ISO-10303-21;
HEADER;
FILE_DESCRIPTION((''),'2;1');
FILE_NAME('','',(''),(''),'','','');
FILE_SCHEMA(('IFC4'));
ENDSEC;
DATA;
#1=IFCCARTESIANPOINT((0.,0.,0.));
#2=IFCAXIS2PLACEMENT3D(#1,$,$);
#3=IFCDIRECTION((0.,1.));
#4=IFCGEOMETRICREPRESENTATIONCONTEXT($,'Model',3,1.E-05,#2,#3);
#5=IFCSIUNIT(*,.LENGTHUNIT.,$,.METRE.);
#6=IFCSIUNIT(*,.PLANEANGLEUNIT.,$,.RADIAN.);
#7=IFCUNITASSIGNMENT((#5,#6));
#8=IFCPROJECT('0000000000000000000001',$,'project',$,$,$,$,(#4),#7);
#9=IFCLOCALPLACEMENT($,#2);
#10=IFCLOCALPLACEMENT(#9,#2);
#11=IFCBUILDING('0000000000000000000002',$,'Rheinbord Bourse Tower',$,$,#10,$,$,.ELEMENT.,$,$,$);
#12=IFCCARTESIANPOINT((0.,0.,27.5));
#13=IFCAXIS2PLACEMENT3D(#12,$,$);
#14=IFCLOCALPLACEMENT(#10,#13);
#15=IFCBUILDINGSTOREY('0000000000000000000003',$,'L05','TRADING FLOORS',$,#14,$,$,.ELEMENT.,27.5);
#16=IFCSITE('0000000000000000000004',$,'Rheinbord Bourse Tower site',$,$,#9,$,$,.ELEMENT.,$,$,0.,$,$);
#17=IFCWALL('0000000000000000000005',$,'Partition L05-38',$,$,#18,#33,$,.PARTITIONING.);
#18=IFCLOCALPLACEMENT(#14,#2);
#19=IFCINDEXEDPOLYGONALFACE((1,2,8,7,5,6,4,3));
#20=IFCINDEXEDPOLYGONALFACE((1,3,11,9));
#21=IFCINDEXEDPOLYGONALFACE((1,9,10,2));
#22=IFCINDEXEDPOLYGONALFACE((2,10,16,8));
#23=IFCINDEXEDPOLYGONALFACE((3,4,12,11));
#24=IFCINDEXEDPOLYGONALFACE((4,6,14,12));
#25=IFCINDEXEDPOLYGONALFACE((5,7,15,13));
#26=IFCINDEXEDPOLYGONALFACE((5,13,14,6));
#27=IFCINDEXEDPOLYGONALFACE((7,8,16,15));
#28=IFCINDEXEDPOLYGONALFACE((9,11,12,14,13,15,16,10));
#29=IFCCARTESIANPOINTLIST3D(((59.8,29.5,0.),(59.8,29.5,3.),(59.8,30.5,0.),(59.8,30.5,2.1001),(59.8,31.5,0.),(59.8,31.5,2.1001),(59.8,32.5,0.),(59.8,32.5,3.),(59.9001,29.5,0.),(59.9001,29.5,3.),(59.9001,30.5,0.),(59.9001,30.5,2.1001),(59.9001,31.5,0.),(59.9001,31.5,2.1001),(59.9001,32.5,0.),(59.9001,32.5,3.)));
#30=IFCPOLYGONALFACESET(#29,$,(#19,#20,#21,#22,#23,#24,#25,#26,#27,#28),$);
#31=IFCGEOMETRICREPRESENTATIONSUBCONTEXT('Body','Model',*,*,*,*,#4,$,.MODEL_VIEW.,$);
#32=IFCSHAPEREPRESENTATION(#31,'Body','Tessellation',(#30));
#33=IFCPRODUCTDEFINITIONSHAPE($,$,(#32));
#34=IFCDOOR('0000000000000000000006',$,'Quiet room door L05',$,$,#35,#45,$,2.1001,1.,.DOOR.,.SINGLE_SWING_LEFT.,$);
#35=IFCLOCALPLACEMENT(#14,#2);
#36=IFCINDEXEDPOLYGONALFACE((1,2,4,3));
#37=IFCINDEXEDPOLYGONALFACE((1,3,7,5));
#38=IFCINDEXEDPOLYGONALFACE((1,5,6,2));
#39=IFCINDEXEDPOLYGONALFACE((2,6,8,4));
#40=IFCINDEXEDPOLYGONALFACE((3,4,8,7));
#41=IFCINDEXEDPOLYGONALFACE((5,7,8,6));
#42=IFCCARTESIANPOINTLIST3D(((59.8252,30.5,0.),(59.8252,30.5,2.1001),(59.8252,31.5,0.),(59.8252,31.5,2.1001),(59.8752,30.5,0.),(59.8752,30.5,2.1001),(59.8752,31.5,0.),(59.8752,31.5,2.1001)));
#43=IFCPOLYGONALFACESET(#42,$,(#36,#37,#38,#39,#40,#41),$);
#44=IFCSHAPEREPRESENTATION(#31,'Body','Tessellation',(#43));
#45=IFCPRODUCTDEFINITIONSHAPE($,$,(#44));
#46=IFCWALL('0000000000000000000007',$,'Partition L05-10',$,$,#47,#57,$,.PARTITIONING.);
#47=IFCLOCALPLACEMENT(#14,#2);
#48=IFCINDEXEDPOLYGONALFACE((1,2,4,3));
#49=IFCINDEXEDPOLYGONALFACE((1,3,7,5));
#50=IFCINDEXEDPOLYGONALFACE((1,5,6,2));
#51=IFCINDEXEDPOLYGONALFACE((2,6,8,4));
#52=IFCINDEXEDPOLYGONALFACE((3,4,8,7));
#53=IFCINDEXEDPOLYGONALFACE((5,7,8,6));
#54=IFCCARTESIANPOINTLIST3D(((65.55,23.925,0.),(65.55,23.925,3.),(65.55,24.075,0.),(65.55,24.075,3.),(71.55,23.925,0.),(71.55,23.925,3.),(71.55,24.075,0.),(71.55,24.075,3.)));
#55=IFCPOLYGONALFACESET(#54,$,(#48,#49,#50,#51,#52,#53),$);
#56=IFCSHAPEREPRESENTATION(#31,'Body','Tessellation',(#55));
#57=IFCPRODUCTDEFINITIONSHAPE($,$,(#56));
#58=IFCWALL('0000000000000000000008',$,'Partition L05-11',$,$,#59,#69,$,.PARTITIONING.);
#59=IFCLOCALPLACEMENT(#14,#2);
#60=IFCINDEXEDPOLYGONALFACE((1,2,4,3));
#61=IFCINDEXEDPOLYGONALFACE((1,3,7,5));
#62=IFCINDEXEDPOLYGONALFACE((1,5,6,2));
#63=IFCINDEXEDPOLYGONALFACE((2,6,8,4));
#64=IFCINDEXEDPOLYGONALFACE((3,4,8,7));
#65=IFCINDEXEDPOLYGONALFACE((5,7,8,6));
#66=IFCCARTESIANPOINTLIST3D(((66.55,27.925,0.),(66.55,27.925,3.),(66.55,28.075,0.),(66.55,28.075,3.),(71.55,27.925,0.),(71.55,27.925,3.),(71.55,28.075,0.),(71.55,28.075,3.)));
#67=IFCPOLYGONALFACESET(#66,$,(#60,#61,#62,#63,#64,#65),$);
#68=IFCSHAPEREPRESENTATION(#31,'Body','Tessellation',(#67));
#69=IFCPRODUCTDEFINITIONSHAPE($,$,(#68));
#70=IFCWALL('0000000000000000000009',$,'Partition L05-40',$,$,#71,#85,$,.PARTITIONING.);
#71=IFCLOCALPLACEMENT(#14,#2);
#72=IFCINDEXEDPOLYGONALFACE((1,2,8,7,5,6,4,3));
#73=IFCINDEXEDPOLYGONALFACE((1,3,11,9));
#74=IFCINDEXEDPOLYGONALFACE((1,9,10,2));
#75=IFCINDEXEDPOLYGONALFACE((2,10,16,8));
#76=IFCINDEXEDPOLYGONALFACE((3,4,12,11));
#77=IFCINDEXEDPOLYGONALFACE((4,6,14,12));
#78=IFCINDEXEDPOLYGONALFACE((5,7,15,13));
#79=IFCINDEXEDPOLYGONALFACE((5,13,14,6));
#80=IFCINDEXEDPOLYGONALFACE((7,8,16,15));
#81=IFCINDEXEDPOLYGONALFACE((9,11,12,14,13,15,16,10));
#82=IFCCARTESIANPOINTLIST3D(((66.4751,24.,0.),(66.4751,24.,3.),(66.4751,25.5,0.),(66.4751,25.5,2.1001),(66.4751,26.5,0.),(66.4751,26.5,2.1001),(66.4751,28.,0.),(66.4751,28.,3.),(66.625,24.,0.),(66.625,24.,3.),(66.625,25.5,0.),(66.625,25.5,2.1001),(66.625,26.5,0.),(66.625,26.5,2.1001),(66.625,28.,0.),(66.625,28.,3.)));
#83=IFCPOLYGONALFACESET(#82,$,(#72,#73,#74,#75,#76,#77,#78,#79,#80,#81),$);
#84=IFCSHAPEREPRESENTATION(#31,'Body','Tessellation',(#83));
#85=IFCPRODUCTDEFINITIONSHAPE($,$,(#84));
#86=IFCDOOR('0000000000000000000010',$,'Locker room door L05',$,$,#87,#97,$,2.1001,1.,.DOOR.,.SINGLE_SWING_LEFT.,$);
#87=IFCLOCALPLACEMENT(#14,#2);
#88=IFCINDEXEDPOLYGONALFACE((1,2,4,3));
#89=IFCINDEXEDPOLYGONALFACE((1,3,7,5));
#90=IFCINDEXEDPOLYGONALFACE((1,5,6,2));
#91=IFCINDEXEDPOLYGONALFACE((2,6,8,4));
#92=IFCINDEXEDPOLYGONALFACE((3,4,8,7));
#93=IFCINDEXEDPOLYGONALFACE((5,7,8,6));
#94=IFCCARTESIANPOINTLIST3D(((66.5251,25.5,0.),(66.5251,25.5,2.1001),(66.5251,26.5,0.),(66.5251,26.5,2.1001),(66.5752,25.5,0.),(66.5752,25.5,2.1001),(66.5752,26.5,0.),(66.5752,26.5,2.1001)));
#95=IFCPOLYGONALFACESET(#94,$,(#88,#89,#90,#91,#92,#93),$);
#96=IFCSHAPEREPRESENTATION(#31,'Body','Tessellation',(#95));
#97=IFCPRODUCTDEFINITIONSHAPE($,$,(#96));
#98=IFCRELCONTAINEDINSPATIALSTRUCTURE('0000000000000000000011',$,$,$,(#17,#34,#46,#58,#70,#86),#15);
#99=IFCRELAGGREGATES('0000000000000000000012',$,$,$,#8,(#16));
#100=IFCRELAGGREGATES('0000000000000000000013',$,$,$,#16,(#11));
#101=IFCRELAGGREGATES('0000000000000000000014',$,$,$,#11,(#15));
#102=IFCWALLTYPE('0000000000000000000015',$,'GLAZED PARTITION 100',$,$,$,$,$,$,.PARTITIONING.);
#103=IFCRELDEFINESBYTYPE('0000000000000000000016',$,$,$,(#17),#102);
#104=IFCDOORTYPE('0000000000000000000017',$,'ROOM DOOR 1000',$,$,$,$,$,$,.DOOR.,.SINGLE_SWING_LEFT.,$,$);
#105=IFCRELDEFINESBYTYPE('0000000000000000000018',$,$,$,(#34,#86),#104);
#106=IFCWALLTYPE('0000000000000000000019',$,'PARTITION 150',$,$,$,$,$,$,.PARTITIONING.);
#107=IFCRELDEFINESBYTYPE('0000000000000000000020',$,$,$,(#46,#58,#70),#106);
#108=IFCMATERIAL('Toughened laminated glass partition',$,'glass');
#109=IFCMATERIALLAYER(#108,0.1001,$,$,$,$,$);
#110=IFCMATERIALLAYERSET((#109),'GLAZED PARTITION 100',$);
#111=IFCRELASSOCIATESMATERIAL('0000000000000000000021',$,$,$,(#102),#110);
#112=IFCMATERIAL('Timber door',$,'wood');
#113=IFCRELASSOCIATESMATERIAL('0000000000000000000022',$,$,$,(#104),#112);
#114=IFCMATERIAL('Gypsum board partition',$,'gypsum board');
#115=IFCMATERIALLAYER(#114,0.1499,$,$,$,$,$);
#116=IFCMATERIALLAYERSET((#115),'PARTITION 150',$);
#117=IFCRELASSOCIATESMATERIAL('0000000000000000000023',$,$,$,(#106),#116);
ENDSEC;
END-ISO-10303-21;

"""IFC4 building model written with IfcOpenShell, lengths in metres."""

from ifc_helpers import new_model, si_unit, direction, frame, frame_2d, origin, place, context, subcontext, project, spatial, rectangle, extrude, material, layer, layer_set, type_object, element, fill, save


model = new_model("IFC4")

# Units and contexts
model_context = context("Model", 3, precision=1e-05, world=origin(), true_north=direction((0.0, 1.0)))
body_context = subcontext(model_context, "Body", "Model", "MODEL_VIEW")
ifc_project = project(units=[si_unit("LENGTHUNIT", "METRE"), si_unit("PLANEANGLEUNIT", "RADIAN")], contexts=[model_context])

# Site, building, storey
site_placement = place(None, origin())
site = spatial("IfcSite", under=ifc_project, at=site_placement, Name="Rheinbord Bourse Tower site", CompositionType="ELEMENT", RefElevation=0.0)
building_placement = place(site_placement, origin())
building = spatial("IfcBuilding", under=site, at=building_placement, Name="Rheinbord Bourse Tower", CompositionType="ELEMENT")
storey_placement = place(building_placement, frame((0.0, 0.0, 27.5)))
storey = spatial("IfcBuildingStorey", under=building, at=storey_placement, Name="L05", Description="TRADING FLOORS", CompositionType="ELEMENT", Elevation=27.5)

# Shared definitions
ifc_material_1 = material(Name="Toughened laminated glass partition", Category="glass")
ifc_layer_1 = layer(ifc_material_1, 0.1001)
ifc_layer_set_1 = layer_set([ifc_layer_1], Name="GLAZED PARTITION 100")
wall_type_1 = type_object("IfcWallType", Name="GLAZED PARTITION 100", PredefinedType="PARTITIONING", material=ifc_layer_set_1)

# Wall, opening, door
wall_1_placement = place(storey_placement, frame((59.8501, 29.5, 0.0), z_axis=(0.0, 0.0, 1.0), x_axis=(0.0, 1.0, 0.0)))
wall_1 = element("IfcWall", 1, at=wall_1_placement, inside=storey, type_object=wall_type_1, Name="Partition L05-38", PredefinedType="PARTITIONING", context=body_context, shape_type="SweptSolid", body=[
    extrude(rectangle(XDim=3.0, YDim=0.1001, at=frame_2d((1.5, 0.0))), origin(), (0.0, 0.0, 1.0), 3.0),
])
opening_1_placement = place(wall_1_placement, frame((1.0, 0.0, 0.0)))
opening_1 = element("IfcOpeningElement", 2, at=opening_1_placement, cuts=wall_1, PredefinedType="OPENING", context=body_context, shape_type="SweptSolid", body=[
    extrude(rectangle(XDim=1.0, YDim=2.1001, at=frame_2d((0.5, 1.05))), frame((0.0, 0.0601, 0.0), z_axis=(0.0, -1.0, 0.0), x_axis=(1.0, 0.0, 0.0)), (0.0, 0.0, 1.0), 0.1201),
])
ifc_material_2 = material(Name="Timber door", Category="wood")
door_type = type_object("IfcDoorType", Name="ROOM DOOR 1000", OperationType="SINGLE_SWING_LEFT", PredefinedType="DOOR", material=ifc_material_2)
door_1_placement = place(opening_1_placement, origin())
door_1 = element("IfcDoor", 3, at=door_1_placement, inside=storey, type_object=door_type, Name="Quiet room door L05", OperationType="SINGLE_SWING_LEFT", OverallHeight=2.1001, OverallWidth=1.0, PredefinedType="DOOR", context=body_context, shape_type="SweptSolid", body=[
    extrude(rectangle(XDim=1.0, YDim=2.1001, at=frame_2d((0.5, 1.05))), frame((0.0, 0.0249, 0.0), z_axis=(0.0, -1.0, 0.0), x_axis=(1.0, 0.0, 0.0)), (0.0, 0.0, 1.0), 0.05),
])
fill(opening_1, door_1)

# Walls
ifc_material_3 = material(Name="Gypsum board partition", Category="gypsum board")
ifc_layer_2 = layer(ifc_material_3, 0.1499)
ifc_layer_set_2 = layer_set([ifc_layer_2], Name="PARTITION 150")
wall_type_2 = type_object("IfcWallType", Name="PARTITION 150", PredefinedType="PARTITIONING", material=ifc_layer_set_2)
wall_2_placement = place(storey_placement, frame((65.55, 24.0, 0.0), z_axis=(0.0, 0.0, 1.0), x_axis=(1.0, 0.0, 0.0)))
element("IfcWall", 4, at=wall_2_placement, inside=storey, type_object=wall_type_2, Name="Partition L05-10", PredefinedType="PARTITIONING", context=body_context, shape_type="SweptSolid", body=[
    extrude(rectangle(XDim=6.0, YDim=0.1499, at=frame_2d((3.0, 0.0))), origin(), (0.0, 0.0, 1.0), 3.0),
])
wall_3_placement = place(storey_placement, frame((66.55, 28.0, 0.0), z_axis=(0.0, 0.0, 1.0), x_axis=(1.0, 0.0, 0.0)))
element("IfcWall", 5, at=wall_3_placement, inside=storey, type_object=wall_type_2, Name="Partition L05-11", PredefinedType="PARTITIONING", context=body_context, shape_type="SweptSolid", body=[
    extrude(rectangle(XDim=5.0, YDim=0.1499, at=frame_2d((2.5, 0.0))), origin(), (0.0, 0.0, 1.0), 3.0),
])

# Wall, opening, door
wall_4_placement = place(storey_placement, frame((66.55, 24.0, 0.0), z_axis=(0.0, 0.0, 1.0), x_axis=(0.0, 1.0, 0.0)))
wall_4 = element("IfcWall", 6, at=wall_4_placement, inside=storey, type_object=wall_type_2, Name="Partition L05-40", PredefinedType="PARTITIONING", context=body_context, shape_type="SweptSolid", body=[
    extrude(rectangle(XDim=4.0, YDim=0.1499, at=frame_2d((2.0, 0.0))), origin(), (0.0, 0.0, 1.0), 3.0),
])
opening_2_placement = place(wall_4_placement, frame((1.5, 0.0, 0.0)))
opening_2 = element("IfcOpeningElement", 7, at=opening_2_placement, cuts=wall_4, PredefinedType="OPENING", context=body_context, shape_type="SweptSolid", body=[
    extrude(rectangle(XDim=1.0, YDim=2.1001, at=frame_2d((0.5, 1.05))), frame((0.0, 0.085, 0.0), z_axis=(0.0, -1.0, 0.0), x_axis=(1.0, 0.0, 0.0)), (0.0, 0.0, 1.0), 0.1699),
])
door_2_placement = place(opening_2_placement, origin())
door_2 = element("IfcDoor", 8, at=door_2_placement, inside=storey, type_object=door_type, Name="Locker room door L05", OperationType="SINGLE_SWING_LEFT", OverallHeight=2.1001, OverallWidth=1.0, PredefinedType="DOOR", context=body_context, shape_type="SweptSolid", body=[
    extrude(rectangle(XDim=1.0, YDim=2.1001, at=frame_2d((0.5, 1.05))), frame((0.0, 0.0249, 0.0), z_axis=(0.0, -1.0, 0.0), x_axis=(1.0, 0.0, 0.0)), (0.0, 0.0, 1.0), 0.05),
])
fill(opening_2, door_2)

save(model, "model.ifc")
